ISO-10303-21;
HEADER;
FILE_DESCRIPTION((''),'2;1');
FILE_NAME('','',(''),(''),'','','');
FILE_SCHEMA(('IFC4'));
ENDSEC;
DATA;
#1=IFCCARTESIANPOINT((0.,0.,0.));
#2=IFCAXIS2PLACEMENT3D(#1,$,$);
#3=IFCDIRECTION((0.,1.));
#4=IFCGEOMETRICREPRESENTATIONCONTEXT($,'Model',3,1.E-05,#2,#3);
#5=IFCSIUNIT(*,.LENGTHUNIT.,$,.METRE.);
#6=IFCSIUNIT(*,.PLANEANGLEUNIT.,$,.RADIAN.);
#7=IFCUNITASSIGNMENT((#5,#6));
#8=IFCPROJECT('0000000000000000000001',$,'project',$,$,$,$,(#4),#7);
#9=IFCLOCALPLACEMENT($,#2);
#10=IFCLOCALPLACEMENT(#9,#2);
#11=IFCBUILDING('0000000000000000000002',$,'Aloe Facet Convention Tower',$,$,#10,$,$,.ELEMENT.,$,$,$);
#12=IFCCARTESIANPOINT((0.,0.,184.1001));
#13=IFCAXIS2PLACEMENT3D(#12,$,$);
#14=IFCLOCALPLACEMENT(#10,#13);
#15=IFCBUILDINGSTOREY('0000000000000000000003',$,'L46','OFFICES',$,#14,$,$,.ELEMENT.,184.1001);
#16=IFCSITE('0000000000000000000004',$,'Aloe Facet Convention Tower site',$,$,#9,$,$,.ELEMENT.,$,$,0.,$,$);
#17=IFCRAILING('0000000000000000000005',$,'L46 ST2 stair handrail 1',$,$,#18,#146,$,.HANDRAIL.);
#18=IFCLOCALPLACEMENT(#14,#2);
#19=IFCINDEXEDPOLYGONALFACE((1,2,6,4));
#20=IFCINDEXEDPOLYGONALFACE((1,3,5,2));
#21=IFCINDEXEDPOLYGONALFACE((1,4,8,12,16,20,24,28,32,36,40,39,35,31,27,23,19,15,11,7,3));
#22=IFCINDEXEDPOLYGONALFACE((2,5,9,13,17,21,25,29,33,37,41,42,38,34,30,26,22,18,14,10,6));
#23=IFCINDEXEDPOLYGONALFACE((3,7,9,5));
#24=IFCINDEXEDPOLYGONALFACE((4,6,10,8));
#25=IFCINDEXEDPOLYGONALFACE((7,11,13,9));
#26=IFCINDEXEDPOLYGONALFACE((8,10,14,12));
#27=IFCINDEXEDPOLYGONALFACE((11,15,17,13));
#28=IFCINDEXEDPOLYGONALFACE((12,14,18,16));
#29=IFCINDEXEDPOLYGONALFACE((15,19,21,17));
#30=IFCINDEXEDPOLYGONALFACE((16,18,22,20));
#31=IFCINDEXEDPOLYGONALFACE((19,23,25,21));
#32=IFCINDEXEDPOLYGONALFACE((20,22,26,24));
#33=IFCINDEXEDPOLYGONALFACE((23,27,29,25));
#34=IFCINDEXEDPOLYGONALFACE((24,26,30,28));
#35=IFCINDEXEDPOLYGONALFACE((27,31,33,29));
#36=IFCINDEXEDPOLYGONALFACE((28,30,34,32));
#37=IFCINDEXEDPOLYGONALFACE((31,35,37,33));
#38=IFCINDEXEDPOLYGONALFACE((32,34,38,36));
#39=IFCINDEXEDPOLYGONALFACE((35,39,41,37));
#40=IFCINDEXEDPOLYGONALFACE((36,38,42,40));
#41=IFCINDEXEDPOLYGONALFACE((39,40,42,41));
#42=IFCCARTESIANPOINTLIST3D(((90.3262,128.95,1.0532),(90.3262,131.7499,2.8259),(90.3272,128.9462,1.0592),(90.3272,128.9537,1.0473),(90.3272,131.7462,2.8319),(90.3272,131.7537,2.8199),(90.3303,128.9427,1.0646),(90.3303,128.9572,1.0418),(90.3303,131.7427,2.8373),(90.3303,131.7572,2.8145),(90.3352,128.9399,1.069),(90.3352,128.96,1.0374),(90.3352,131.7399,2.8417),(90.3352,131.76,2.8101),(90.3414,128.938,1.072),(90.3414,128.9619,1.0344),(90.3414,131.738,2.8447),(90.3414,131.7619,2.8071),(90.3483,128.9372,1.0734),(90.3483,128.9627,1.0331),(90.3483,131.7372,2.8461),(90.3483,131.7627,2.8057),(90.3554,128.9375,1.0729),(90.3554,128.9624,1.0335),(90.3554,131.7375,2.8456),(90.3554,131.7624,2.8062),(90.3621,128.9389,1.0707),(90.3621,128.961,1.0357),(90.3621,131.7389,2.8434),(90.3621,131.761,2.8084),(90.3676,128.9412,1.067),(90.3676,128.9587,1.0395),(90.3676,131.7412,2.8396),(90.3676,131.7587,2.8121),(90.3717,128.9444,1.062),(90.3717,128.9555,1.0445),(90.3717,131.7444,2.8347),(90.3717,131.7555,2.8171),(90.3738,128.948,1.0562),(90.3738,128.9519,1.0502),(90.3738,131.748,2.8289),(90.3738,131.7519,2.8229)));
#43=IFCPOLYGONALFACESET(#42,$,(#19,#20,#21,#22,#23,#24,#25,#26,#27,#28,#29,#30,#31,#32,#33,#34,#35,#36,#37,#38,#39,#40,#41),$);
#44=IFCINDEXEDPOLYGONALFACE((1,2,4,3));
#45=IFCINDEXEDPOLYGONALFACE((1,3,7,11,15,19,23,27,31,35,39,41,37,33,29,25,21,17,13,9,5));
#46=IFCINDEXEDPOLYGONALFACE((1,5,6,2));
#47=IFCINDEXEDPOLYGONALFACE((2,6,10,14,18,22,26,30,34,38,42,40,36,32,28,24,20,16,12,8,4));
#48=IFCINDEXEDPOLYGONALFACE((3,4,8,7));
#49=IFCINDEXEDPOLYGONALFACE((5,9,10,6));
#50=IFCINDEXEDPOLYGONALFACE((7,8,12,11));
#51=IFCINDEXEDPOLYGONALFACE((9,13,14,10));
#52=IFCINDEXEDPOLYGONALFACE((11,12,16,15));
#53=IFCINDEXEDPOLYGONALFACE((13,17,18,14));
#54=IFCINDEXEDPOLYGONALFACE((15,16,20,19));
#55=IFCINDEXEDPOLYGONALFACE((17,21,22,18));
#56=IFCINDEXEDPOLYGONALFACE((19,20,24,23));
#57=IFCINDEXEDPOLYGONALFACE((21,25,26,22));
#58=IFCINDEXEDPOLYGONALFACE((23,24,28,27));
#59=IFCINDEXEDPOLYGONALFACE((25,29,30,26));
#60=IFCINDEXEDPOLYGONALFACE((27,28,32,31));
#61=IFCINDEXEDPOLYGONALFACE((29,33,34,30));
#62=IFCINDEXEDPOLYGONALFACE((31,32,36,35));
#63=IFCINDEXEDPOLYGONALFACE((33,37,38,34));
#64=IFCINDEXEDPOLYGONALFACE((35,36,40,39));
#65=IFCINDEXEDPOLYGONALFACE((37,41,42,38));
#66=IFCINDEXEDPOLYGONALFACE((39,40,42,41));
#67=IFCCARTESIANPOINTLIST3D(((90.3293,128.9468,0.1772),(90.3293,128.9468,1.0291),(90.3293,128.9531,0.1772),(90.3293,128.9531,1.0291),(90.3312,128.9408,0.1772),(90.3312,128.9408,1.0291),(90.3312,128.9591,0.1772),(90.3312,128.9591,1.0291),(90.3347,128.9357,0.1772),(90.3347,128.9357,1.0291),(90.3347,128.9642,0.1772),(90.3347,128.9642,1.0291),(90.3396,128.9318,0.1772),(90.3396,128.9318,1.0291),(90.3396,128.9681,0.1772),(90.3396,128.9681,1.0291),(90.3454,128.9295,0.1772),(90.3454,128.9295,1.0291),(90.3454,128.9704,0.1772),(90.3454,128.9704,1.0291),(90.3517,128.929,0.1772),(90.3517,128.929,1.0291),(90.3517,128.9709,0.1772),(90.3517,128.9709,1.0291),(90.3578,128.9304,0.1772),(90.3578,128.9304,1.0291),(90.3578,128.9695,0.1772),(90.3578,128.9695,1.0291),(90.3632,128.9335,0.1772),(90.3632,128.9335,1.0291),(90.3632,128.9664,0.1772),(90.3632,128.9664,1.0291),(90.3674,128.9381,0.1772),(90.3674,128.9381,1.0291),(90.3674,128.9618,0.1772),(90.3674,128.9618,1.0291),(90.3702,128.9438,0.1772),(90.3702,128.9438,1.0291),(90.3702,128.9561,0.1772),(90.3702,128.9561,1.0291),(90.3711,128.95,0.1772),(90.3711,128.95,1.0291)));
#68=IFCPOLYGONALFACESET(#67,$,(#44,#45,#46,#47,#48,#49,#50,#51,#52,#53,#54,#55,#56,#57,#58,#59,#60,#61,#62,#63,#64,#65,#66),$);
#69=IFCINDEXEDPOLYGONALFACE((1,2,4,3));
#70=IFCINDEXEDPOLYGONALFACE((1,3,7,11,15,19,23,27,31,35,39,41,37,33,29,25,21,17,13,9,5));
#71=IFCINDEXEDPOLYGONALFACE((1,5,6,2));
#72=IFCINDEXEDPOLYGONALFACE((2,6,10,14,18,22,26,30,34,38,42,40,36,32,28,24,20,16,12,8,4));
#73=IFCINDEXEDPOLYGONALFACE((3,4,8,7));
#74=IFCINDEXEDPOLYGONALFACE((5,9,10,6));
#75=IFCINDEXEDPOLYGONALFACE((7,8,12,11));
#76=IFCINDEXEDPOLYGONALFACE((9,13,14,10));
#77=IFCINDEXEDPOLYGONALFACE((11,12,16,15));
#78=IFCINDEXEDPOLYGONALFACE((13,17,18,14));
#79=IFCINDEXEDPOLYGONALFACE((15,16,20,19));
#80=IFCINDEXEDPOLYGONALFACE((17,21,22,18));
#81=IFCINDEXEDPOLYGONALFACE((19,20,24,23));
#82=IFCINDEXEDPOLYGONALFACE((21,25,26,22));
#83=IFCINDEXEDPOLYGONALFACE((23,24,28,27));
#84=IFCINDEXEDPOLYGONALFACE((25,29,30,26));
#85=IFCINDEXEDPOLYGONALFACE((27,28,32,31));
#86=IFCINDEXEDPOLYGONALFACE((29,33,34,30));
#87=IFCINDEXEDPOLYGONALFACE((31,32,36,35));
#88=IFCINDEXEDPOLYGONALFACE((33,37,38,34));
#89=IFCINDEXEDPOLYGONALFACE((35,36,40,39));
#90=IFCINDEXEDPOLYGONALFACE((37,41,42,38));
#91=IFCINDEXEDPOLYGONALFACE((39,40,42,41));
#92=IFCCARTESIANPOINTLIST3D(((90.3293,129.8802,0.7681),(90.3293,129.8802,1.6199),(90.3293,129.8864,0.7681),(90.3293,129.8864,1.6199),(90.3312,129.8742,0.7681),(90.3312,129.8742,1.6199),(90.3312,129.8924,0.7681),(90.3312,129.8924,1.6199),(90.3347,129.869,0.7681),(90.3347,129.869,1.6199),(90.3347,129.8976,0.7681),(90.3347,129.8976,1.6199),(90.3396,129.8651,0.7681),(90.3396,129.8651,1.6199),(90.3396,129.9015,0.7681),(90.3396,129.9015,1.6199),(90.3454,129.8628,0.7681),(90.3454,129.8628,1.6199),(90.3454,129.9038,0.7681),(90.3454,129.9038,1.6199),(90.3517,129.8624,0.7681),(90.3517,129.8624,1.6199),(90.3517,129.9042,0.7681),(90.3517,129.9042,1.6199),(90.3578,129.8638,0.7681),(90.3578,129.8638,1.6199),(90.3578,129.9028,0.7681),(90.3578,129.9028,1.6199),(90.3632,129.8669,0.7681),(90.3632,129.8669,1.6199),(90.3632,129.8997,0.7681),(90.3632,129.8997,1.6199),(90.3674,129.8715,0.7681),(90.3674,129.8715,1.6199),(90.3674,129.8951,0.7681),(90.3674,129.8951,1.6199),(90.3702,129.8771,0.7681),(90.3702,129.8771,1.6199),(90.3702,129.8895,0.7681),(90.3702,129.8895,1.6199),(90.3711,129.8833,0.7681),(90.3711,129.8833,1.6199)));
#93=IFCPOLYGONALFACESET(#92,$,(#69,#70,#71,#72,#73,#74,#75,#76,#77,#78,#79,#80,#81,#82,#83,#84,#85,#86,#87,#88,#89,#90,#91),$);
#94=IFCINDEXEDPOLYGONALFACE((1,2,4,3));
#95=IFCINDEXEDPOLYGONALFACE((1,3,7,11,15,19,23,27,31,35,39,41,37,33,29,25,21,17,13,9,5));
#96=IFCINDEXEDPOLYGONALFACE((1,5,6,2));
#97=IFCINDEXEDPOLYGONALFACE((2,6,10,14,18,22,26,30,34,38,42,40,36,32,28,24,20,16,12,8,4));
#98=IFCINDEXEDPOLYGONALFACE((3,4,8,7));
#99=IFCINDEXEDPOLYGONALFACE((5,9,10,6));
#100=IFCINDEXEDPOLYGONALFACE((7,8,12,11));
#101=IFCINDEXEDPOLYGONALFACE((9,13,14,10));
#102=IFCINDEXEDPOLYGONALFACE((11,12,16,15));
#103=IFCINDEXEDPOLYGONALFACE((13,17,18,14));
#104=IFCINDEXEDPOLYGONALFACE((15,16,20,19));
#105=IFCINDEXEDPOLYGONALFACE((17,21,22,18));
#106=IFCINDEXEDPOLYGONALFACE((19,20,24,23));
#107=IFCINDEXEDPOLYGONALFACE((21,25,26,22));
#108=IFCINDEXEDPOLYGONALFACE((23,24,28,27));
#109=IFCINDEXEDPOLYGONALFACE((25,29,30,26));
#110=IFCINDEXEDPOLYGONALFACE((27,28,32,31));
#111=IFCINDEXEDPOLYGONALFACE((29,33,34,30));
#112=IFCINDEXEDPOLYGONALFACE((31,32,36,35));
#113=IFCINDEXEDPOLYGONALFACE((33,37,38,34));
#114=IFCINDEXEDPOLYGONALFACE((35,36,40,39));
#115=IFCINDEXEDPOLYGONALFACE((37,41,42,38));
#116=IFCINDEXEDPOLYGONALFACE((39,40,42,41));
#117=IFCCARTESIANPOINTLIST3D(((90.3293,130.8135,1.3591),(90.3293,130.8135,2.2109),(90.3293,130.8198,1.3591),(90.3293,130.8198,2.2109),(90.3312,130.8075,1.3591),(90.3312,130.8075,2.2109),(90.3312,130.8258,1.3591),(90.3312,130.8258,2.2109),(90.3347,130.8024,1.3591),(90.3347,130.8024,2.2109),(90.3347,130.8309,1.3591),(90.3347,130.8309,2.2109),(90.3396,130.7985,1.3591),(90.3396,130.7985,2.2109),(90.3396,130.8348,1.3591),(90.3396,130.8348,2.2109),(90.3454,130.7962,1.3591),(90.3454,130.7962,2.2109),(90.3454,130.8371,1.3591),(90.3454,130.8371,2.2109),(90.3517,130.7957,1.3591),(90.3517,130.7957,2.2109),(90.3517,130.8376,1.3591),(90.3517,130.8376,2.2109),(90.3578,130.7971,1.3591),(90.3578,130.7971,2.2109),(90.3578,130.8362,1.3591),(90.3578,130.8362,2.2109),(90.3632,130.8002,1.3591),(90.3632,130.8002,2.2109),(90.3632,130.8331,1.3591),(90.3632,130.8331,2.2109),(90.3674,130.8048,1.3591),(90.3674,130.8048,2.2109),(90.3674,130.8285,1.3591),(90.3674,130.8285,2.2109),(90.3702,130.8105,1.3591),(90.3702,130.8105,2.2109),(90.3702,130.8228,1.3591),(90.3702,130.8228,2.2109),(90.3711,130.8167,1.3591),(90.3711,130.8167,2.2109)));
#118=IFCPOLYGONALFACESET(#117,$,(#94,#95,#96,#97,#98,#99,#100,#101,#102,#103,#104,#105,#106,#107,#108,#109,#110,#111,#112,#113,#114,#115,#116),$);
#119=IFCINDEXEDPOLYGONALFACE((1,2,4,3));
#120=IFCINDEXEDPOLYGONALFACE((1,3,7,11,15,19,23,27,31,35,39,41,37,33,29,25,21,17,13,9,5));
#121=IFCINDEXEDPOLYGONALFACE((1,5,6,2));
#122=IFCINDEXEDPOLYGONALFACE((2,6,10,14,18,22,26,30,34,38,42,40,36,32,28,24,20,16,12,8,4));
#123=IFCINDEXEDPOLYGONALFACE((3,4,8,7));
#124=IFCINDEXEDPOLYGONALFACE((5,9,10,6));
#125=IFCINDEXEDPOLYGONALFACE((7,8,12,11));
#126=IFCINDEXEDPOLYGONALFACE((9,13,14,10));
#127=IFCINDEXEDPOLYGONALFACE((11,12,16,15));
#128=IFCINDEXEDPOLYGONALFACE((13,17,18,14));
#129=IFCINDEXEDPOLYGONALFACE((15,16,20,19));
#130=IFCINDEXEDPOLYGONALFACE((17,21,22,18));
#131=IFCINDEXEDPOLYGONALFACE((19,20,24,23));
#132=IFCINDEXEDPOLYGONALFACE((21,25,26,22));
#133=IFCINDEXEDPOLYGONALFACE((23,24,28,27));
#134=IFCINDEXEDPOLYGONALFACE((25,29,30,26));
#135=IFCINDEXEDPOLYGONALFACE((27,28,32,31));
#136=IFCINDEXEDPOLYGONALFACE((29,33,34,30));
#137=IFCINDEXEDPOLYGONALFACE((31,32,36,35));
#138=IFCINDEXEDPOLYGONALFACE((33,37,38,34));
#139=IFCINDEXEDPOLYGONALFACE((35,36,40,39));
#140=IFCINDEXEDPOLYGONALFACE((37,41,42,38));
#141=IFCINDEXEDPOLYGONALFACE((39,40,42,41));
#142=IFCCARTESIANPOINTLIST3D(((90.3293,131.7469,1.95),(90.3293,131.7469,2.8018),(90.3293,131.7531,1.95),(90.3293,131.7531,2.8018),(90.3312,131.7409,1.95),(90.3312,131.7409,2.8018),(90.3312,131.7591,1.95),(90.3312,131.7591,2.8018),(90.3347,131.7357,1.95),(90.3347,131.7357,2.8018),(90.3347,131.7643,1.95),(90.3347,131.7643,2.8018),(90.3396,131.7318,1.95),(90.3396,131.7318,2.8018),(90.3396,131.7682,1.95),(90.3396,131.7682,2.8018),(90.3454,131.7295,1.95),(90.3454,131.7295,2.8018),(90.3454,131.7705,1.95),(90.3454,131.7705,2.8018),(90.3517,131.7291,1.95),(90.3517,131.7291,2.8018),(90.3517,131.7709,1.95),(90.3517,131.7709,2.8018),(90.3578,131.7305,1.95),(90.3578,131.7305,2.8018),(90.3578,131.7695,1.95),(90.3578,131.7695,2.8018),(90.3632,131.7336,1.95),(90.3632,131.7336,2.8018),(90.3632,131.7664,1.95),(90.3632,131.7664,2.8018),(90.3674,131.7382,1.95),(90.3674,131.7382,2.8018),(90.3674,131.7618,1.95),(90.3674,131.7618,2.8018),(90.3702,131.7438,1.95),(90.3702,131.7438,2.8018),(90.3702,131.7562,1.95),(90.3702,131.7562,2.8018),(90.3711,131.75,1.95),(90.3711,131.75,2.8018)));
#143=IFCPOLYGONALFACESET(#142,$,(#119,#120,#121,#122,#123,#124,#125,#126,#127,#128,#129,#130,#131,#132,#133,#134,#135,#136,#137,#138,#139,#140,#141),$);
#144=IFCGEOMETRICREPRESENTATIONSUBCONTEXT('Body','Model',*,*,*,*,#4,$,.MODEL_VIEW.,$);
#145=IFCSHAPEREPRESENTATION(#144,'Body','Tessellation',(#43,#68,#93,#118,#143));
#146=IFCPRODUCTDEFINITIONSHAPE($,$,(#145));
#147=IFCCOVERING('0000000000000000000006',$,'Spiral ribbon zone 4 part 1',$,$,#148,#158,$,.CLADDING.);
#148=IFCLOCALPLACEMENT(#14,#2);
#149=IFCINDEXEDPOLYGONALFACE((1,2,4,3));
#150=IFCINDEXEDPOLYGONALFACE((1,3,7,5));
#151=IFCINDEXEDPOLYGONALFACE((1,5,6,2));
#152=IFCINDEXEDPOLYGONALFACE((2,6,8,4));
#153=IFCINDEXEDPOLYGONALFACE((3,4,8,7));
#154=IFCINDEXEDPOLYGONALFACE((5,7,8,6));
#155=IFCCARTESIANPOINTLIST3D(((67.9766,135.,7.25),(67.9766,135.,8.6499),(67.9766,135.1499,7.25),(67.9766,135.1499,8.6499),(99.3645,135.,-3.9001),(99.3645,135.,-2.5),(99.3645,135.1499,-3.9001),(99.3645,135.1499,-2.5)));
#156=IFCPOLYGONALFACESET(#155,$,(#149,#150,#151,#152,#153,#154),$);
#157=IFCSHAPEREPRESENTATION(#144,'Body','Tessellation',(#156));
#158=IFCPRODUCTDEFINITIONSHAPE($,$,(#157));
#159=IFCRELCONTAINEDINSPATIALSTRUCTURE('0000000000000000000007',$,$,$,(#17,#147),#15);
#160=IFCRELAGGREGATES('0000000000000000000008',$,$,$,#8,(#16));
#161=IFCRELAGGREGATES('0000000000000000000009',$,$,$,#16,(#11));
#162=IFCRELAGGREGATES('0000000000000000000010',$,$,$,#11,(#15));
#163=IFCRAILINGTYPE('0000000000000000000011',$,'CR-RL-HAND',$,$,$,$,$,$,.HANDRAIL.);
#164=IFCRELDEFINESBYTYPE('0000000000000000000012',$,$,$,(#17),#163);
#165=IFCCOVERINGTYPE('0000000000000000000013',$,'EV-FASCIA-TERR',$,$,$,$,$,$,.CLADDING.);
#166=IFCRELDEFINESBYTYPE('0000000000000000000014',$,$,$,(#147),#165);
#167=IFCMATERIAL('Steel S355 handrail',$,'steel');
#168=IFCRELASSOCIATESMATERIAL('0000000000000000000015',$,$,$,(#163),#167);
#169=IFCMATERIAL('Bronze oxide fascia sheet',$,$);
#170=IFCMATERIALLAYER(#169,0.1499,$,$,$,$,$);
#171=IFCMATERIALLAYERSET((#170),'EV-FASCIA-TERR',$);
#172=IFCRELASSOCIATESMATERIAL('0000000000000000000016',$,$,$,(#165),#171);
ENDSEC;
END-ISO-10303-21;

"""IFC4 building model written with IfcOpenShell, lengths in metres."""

from ifc_helpers import new_model, si_unit, direction, frame, origin, origin_2d, place, context, subcontext, project, spatial, polyline, circle, outline, extrude, material, layer, layer_set, type_object, element, save


model = new_model("IFC4")

# Units and contexts
model_context = context("Model", 3, precision=1e-05, world=origin(), true_north=direction((0.0, 1.0)))
body_context = subcontext(model_context, "Body", "Model", "MODEL_VIEW")
ifc_project = project(units=[si_unit("LENGTHUNIT", "METRE"), si_unit("PLANEANGLEUNIT", "RADIAN")], contexts=[model_context])

# Site, building, storey
site_placement = place(None, origin())
site = spatial("IfcSite", under=ifc_project, at=site_placement, Name="Aloe Facet Convention Tower site", CompositionType="ELEMENT", RefElevation=0.0)
building_placement = place(site_placement, origin())
building = spatial("IfcBuilding", under=site, at=building_placement, Name="Aloe Facet Convention Tower", CompositionType="ELEMENT")
storey_placement = place(building_placement, frame((0.0, 0.0, 184.1001)))
storey = spatial("IfcBuildingStorey", under=building, at=storey_placement, Name="L46", Description="OFFICES", CompositionType="ELEMENT", Elevation=184.1001)

# Railing
ifc_material_1 = material(Name="Steel S355 handrail", Category="steel")
railing_type_1 = type_object("IfcRailingType", Name="CR-RL-HAND", PredefinedType="HANDRAIL", material=ifc_material_1)
railing_1_placement = place(storey_placement, frame((90.3501, 128.95, 0.1772)))
element("IfcRailing", 1, at=railing_1_placement, inside=storey, type_object=railing_type_1, Name="L46 ST2 stair handrail 1", PredefinedType="HANDRAIL", context=body_context, shape_type="SweptSolid", body=[
    extrude(circle(Radius=0.0239, at=origin_2d()), frame((0.0, 0.0, 0.876), z_axis=(0.0, 0.844909, 0.53491), x_axis=(-1.0, 0.0, 0.0)), (0.0, 0.0, 1.0), 3.314),
    extrude(circle(Radius=0.021, at=origin_2d()), origin(), (0.0, 0.0, 1.0), 0.8518),
    extrude(circle(Radius=0.021, at=origin_2d()), frame((0.0, 0.9333, 0.5908)), (0.0, 0.0, 1.0), 0.8518),
    extrude(circle(Radius=0.021, at=origin_2d()), frame((0.0, 1.8667, 1.1819)), (0.0, 0.0, 1.0), 0.8518),
    extrude(circle(Radius=0.021, at=origin_2d()), frame((0.0, 2.8, 1.7727)), (0.0, 0.0, 1.0), 0.8518),
])

# Covering
ifc_material_2 = material(Name="Bronze oxide fascia sheet")
ifc_layer_1 = layer(ifc_material_2, 0.1499)
ifc_layer_set_1 = layer_set([ifc_layer_1], Name="EV-FASCIA-TERR")
covering_type = type_object("IfcCoveringType", Name="EV-FASCIA-TERR", PredefinedType="CLADDING", material=ifc_layer_set_1)
covering_placement = place(storey_placement, frame((99.3645, 135.1499, -3.9001), z_axis=(0.0, 1.0, 0.0), x_axis=(-0.94231, 0.0, 0.334743)))
element("IfcCovering", 2, at=covering_placement, inside=storey, type_object=covering_type, Name="Spiral ribbon zone 4 part 1", PredefinedType="CLADDING", context=body_context, shape_type="SweptSolid", body=[
    extrude(outline(polyline([(0.0, 0.0), (33.3096, 0.0), (33.7782, 1.3191), (0.4687, 1.3194), (0.0, 0.0)])), origin(), (0.0, 0.0, -1.0), 0.1499),
])

save(model, "model.ifc")
